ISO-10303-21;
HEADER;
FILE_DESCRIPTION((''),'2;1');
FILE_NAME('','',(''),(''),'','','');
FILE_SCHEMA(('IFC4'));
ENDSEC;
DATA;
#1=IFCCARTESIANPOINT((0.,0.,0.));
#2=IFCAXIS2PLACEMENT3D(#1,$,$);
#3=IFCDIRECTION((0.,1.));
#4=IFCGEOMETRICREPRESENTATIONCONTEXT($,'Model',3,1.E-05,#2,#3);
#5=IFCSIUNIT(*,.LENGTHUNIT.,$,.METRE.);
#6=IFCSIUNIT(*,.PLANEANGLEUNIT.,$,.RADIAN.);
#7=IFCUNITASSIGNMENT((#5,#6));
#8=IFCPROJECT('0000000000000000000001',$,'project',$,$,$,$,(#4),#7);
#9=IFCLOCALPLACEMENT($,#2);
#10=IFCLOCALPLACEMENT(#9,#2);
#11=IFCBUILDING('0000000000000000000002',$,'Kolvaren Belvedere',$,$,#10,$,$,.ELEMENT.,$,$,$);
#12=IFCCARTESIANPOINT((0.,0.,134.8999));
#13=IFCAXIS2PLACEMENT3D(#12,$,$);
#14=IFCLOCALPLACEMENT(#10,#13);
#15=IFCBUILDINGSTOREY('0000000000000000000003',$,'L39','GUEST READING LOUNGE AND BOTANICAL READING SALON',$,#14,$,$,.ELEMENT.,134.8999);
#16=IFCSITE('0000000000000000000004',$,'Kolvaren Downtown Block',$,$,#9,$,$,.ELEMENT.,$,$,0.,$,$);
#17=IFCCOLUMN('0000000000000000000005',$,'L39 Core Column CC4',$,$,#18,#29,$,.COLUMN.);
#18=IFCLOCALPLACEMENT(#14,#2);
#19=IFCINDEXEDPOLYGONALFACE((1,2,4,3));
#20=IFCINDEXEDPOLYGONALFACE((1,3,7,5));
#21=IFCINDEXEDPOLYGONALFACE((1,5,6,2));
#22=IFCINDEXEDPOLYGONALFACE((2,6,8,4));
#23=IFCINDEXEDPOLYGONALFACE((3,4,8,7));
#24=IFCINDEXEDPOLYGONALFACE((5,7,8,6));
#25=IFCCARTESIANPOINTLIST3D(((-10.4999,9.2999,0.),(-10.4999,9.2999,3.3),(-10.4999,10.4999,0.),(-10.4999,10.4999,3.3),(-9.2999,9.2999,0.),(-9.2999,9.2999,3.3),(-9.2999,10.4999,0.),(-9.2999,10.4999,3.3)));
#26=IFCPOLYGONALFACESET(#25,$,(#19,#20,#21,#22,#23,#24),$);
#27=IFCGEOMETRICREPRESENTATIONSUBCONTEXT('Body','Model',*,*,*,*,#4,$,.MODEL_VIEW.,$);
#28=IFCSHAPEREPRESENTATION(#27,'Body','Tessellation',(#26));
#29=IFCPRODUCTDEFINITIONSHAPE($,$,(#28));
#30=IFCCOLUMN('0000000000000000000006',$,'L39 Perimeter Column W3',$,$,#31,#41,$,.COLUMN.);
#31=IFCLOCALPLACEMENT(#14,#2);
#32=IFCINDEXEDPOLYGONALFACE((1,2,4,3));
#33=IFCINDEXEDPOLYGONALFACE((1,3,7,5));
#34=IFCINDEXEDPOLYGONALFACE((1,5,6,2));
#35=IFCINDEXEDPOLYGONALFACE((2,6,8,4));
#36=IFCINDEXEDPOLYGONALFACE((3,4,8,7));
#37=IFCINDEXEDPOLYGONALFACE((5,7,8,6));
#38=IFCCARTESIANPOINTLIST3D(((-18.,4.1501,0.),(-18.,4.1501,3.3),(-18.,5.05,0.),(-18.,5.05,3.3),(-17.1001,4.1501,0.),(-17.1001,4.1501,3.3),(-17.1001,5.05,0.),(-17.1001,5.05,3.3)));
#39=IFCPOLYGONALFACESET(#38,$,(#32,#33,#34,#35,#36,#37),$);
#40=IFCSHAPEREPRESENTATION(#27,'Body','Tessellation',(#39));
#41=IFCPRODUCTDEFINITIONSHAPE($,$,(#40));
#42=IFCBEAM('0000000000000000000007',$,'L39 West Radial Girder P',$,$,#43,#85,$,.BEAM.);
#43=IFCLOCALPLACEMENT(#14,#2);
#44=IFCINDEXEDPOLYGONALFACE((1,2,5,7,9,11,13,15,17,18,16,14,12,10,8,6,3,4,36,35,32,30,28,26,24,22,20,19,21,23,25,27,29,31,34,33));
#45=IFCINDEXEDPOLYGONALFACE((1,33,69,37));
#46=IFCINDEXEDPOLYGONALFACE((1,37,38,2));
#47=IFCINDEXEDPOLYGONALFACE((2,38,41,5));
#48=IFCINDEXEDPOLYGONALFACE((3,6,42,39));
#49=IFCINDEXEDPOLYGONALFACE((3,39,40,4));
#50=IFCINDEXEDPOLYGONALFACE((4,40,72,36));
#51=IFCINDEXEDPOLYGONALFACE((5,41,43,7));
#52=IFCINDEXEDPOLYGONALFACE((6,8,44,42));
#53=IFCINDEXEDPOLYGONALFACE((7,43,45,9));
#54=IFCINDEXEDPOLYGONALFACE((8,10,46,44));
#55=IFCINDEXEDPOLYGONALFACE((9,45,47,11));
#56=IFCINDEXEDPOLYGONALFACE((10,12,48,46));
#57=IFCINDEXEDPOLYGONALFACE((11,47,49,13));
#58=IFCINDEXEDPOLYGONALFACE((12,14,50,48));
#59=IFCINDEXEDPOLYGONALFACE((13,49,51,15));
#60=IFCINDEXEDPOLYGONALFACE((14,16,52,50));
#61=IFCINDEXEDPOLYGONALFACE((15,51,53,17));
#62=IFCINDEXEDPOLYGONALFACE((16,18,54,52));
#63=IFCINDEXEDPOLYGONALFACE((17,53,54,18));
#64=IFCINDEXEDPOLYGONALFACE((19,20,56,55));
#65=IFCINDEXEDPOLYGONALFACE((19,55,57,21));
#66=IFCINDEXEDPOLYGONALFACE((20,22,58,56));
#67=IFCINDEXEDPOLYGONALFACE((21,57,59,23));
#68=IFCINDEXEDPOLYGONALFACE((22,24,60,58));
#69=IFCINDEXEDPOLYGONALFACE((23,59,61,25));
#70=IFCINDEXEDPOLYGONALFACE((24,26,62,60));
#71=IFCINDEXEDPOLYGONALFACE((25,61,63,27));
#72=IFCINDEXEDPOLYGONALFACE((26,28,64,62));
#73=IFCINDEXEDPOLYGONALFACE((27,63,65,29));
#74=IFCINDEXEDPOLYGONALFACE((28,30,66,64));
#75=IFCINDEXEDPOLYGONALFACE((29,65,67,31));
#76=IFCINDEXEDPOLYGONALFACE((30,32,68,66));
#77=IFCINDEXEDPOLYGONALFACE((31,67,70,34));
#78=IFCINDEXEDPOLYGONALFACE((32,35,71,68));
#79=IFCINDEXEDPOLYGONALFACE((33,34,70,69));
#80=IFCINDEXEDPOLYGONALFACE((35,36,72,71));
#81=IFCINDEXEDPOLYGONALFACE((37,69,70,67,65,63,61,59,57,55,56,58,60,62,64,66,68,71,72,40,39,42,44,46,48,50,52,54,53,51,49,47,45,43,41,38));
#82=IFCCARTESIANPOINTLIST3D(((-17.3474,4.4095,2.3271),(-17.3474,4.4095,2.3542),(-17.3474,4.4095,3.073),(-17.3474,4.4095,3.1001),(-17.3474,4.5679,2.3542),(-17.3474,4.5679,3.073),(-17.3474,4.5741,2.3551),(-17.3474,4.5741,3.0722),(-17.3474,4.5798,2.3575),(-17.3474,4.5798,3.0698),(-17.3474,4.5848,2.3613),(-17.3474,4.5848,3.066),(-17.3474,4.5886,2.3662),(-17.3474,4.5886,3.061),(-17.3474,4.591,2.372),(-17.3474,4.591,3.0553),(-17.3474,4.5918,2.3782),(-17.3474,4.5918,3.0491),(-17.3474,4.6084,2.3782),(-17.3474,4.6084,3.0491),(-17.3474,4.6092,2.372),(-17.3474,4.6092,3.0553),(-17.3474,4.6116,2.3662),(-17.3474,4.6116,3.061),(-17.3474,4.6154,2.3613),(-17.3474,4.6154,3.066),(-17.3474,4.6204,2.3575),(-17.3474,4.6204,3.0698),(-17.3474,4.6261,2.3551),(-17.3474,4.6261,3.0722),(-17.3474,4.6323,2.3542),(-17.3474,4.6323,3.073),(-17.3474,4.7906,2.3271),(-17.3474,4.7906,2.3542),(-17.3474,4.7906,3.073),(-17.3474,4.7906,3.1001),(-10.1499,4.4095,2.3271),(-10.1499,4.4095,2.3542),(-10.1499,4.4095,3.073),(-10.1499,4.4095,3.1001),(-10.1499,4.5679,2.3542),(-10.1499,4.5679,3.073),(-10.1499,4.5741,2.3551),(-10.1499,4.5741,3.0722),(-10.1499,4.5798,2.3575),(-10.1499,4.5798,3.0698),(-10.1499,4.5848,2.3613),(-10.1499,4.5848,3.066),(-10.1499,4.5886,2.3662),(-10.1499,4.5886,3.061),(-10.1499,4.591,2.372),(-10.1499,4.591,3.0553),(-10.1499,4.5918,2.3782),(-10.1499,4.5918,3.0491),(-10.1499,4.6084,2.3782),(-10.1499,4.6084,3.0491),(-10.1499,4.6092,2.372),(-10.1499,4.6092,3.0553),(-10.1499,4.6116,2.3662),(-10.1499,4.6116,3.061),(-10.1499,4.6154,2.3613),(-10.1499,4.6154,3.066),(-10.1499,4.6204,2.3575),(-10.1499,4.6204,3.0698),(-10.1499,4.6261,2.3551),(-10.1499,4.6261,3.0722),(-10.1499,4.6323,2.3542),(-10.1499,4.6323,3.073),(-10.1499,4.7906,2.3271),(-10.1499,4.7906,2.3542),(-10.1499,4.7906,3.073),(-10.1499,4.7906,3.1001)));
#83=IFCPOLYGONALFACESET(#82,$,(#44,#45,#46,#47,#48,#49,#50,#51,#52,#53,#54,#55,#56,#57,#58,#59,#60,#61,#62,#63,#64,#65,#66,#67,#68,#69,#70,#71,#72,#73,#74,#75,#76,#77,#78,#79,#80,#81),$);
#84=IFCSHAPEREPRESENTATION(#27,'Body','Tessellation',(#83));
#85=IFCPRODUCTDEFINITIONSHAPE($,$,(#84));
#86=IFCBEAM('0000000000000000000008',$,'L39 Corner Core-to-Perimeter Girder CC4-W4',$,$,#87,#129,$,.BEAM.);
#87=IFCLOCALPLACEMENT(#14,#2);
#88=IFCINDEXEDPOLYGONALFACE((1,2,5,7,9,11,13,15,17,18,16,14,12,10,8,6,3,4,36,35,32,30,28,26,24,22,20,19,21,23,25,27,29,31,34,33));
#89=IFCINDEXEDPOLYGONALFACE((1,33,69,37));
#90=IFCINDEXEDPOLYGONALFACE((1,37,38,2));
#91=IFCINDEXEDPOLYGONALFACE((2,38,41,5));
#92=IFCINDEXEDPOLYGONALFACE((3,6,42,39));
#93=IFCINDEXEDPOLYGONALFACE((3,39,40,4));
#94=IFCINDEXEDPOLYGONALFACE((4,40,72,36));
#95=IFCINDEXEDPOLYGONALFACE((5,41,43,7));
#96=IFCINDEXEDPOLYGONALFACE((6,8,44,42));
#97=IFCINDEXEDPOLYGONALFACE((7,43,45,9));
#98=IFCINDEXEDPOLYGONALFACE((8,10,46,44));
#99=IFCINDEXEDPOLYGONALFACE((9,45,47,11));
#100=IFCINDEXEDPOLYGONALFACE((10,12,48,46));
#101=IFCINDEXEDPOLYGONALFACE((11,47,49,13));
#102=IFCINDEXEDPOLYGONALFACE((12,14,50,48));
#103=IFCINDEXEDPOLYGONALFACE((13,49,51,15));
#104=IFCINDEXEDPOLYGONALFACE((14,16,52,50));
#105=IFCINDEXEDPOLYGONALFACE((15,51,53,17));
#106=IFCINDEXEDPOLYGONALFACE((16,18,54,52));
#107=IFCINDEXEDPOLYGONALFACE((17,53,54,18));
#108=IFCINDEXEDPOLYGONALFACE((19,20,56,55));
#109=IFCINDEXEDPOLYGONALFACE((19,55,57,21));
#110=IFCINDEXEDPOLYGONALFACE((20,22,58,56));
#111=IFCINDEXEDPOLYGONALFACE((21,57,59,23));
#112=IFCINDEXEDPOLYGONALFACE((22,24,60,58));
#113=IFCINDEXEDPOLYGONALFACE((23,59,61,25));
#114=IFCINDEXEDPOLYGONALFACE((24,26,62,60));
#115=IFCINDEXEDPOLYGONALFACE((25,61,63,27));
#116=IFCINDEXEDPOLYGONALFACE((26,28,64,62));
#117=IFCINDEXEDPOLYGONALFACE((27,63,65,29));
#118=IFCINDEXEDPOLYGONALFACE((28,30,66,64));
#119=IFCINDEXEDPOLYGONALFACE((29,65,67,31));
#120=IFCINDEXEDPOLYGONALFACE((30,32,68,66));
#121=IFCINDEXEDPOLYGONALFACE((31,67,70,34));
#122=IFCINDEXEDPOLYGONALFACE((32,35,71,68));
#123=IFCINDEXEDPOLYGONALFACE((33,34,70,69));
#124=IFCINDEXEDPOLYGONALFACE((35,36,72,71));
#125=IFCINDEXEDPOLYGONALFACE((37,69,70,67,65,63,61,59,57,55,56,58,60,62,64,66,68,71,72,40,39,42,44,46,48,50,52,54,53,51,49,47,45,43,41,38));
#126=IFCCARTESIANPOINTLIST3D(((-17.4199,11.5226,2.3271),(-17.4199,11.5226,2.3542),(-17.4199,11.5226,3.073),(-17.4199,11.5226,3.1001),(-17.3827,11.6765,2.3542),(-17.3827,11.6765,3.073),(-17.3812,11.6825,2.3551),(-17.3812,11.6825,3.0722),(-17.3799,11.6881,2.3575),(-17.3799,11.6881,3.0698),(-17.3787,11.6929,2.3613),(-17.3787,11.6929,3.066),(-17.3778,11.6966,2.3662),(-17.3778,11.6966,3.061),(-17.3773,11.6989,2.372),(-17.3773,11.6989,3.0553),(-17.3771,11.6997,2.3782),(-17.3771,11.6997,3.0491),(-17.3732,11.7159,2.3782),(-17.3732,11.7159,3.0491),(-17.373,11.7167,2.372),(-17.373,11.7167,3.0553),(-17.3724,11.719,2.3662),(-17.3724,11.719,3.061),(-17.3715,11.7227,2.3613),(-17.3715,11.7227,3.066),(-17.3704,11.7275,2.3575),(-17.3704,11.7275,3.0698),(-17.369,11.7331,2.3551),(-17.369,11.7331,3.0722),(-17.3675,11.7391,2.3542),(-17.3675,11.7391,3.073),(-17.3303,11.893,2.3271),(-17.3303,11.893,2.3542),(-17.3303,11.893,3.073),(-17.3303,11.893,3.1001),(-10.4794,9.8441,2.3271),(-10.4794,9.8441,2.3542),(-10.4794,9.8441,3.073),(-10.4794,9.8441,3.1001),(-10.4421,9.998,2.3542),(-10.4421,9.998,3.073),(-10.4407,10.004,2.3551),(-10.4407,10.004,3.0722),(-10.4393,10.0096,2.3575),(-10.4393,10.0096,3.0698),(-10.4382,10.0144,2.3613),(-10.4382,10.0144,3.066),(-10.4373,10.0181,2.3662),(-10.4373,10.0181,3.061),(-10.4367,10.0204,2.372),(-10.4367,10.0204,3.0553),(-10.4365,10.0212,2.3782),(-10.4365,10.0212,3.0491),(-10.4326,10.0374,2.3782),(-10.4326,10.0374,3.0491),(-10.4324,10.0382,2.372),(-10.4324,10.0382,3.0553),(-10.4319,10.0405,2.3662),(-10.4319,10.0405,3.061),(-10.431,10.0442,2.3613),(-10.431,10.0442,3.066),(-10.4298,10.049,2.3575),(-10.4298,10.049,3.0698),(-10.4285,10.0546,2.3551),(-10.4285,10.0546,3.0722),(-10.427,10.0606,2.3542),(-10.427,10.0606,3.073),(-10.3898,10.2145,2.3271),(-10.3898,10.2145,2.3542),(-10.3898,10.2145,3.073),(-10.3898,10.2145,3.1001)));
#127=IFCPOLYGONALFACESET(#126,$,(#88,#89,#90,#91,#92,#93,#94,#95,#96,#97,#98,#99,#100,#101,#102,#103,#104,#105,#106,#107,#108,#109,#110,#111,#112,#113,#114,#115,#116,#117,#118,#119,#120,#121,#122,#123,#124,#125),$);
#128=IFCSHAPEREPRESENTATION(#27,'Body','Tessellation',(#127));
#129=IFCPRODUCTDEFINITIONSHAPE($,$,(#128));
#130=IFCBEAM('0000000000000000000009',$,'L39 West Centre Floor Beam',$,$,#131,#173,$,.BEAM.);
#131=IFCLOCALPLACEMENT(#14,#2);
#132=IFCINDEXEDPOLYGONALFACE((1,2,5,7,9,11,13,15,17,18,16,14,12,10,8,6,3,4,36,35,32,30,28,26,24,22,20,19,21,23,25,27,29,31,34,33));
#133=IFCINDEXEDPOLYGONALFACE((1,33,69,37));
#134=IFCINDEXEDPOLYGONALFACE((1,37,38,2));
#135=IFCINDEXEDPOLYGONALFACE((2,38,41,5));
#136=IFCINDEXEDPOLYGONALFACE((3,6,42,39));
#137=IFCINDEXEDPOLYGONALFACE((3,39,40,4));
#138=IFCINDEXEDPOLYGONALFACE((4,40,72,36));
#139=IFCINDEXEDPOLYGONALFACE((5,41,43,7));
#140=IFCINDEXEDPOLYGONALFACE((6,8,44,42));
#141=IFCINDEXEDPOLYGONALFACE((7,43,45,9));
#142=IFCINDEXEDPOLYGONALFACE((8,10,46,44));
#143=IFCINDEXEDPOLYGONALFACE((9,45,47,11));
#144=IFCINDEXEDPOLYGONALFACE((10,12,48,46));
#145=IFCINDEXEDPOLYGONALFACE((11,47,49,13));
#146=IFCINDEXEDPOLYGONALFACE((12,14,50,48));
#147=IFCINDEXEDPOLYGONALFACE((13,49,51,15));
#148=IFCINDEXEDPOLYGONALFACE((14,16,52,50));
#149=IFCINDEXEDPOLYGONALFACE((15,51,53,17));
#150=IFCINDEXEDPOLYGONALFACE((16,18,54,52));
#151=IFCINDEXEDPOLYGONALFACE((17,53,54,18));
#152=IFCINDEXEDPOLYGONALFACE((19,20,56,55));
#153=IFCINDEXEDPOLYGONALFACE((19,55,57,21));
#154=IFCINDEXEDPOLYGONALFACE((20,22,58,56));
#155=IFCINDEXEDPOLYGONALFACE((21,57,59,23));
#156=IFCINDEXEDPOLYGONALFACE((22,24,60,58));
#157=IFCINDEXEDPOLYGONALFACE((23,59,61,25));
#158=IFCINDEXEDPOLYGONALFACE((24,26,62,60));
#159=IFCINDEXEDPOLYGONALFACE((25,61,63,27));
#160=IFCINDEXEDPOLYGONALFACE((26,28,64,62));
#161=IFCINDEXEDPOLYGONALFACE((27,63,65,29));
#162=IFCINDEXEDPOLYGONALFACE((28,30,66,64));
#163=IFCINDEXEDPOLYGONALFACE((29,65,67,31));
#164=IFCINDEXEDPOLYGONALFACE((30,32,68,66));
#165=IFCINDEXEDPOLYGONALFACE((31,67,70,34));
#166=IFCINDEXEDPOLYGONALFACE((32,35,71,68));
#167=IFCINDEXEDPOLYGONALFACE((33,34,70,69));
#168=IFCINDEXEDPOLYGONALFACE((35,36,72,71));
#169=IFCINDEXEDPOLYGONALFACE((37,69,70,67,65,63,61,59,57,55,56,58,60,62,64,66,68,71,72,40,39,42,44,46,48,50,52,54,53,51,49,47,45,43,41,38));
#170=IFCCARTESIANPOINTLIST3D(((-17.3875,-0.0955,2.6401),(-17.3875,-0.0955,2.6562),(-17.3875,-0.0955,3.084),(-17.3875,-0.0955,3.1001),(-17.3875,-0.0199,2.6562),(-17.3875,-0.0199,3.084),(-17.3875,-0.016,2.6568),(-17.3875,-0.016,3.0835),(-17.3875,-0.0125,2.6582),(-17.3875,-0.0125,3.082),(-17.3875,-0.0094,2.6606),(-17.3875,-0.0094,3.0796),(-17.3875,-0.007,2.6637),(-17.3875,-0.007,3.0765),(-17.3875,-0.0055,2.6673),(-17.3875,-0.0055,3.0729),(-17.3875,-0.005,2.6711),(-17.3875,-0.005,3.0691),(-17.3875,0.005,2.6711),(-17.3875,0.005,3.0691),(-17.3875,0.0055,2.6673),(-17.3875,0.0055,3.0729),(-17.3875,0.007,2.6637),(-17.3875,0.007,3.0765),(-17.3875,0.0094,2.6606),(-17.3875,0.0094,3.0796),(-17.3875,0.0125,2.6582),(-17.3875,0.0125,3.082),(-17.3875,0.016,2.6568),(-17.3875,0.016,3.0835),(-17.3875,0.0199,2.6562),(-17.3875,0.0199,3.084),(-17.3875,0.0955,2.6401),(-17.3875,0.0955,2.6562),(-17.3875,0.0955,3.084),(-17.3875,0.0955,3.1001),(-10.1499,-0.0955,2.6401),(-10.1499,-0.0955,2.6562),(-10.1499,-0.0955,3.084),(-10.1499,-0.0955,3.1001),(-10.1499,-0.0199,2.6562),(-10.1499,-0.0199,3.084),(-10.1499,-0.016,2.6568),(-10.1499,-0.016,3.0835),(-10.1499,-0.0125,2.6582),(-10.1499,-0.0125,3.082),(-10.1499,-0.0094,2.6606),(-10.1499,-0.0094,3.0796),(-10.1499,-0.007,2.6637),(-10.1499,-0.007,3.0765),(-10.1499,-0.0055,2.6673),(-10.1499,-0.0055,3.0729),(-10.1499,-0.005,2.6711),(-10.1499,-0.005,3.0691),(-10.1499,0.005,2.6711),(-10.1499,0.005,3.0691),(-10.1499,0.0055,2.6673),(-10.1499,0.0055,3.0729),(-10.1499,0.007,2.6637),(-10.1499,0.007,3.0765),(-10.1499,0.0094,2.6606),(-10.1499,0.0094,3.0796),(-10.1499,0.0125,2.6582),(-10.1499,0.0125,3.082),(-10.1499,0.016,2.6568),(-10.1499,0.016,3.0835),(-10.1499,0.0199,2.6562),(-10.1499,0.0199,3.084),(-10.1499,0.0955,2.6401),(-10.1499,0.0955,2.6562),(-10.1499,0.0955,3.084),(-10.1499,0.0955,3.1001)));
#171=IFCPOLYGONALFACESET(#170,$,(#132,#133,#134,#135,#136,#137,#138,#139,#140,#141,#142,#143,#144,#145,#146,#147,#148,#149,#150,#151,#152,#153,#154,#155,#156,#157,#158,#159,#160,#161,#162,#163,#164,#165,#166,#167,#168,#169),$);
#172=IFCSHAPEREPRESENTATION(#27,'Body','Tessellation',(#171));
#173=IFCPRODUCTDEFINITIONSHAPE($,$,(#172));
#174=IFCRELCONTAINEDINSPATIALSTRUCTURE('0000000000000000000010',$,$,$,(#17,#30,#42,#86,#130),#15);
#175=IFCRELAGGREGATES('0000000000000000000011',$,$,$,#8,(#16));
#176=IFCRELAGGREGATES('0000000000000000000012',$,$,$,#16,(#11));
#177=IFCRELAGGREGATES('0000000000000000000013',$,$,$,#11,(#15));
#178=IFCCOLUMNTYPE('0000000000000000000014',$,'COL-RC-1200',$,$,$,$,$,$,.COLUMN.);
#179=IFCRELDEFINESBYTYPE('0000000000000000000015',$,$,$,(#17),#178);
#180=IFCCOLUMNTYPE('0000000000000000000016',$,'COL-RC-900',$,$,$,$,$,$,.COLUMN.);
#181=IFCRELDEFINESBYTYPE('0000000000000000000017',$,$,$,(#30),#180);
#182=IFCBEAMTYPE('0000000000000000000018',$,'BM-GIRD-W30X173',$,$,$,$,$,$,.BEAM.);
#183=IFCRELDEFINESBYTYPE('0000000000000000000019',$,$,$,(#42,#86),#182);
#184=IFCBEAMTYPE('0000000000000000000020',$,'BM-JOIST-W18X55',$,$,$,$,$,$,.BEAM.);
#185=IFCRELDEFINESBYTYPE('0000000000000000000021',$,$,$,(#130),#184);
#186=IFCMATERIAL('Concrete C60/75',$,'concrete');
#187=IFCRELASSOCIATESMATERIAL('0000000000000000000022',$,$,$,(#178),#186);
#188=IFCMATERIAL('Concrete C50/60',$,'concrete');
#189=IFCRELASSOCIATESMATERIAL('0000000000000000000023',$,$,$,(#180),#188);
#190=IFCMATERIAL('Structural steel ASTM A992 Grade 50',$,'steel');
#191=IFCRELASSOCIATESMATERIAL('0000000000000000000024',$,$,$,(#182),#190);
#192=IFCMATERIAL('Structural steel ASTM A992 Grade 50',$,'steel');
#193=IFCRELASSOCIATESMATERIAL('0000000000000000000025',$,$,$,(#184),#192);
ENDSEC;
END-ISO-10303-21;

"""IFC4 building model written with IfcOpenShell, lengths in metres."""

from ifc_helpers import new_model, si_unit, direction, frame, origin, origin_2d, place, context, subcontext, project, spatial, rectangle, i_section, extrude, material, material_profile, profile_set, type_object, element, save


model = new_model("IFC4")

# Units and contexts
model_context = context("Model", 3, precision=1e-05, world=origin(), true_north=direction((0.0, 1.0)))
body_context = subcontext(model_context, "Body", "Model", "MODEL_VIEW")
ifc_project = project(units=[si_unit("LENGTHUNIT", "METRE"), si_unit("PLANEANGLEUNIT", "RADIAN")], contexts=[model_context])

# Site, building, storey
site_placement = place(None, origin())
site = spatial("IfcSite", under=ifc_project, at=site_placement, Name="Kolvaren Downtown Block", CompositionType="ELEMENT", RefElevation=0.0)
building_placement = place(site_placement, origin())
building = spatial("IfcBuilding", under=site, at=building_placement, Name="Kolvaren Belvedere", CompositionType="ELEMENT")
storey_placement = place(building_placement, frame((0.0, 0.0, 134.8999)))
storey = spatial("IfcBuildingStorey", under=building, at=storey_placement, Name="L39", Description="GUEST READING LOUNGE AND BOTANICAL READING SALON", CompositionType="ELEMENT", Elevation=134.8999)

# Columns
ifc_material_1 = material(Name="Concrete C60/75", Category="concrete")
ifc_material_profile_1 = material_profile(ifc_material_1, rectangle(XDim=1.2, YDim=1.2, at=origin_2d()), Name="RC 1200X1200")
ifc_profile_set_1 = profile_set([ifc_material_profile_1], Name="Concrete C60/75")
column_type_1 = type_object("IfcColumnType", Name="COL-RC-1200", PredefinedType="COLUMN", material=ifc_profile_set_1)
column_1_placement = place(storey_placement, frame((-9.8999, 9.8999, 0.0), z_axis=(0.0, 0.0, 1.0), x_axis=(1.0, 0.0, 0.0)))
element("IfcColumn", 1, at=column_1_placement, inside=storey, type_object=column_type_1, Name="L39 Core Column CC4", PredefinedType="COLUMN", context=body_context, shape_type="SweptSolid", body=[
    extrude(rectangle(XDim=1.2, YDim=1.2, at=origin_2d()), origin(), (0.0, 0.0, 1.0), 3.3),
])
ifc_material_2 = material(Name="Concrete C50/60", Category="concrete")
ifc_material_profile_2 = material_profile(ifc_material_2, rectangle(XDim=0.8999, YDim=0.8999, at=origin_2d()), Name="RC 900X900")
ifc_profile_set_2 = profile_set([ifc_material_profile_2], Name="Concrete C50/60")
column_type_2 = type_object("IfcColumnType", Name="COL-RC-900", PredefinedType="COLUMN", material=ifc_profile_set_2)
column_2_placement = place(storey_placement, frame((-17.55, 4.6001, 0.0), z_axis=(0.0, 0.0, 1.0), x_axis=(1.0, 0.0, 0.0)))
element("IfcColumn", 2, at=column_2_placement, inside=storey, type_object=column_type_2, Name="L39 Perimeter Column W3", PredefinedType="COLUMN", context=body_context, shape_type="SweptSolid", body=[
    extrude(rectangle(XDim=0.8999, YDim=0.8999, at=origin_2d()), origin(), (0.0, 0.0, 1.0), 3.3),
])

# Beams
ifc_material_3 = material(Name="Structural steel ASTM A992 Grade 50", Category="steel")
ifc_material_profile_3 = material_profile(ifc_material_3, i_section(OverallWidth=0.3811, OverallDepth=0.7729, WebThickness=0.0166, FlangeThickness=0.0271, FilletRadius=0.0239, at=origin_2d()), Name="W30X173")
ifc_profile_set_3 = profile_set([ifc_material_profile_3], Name="Structural steel ASTM A992 Grade 50")
beam_type_1 = type_object("IfcBeamType", Name="BM-GIRD-W30X173", PredefinedType="BEAM", material=ifc_profile_set_3)
beam_1_placement = place(storey_placement, frame((-10.1499, 4.6001, 2.7136), z_axis=(-1.0, 0.0, 0.0), x_axis=(0.0, -1.0, 0.0)))
element("IfcBeam", 3, at=beam_1_placement, inside=storey, type_object=beam_type_1, Name="L39 West Radial Girder P", PredefinedType="BEAM", context=body_context, shape_type="SweptSolid", body=[
    extrude(i_section(OverallWidth=0.3811, OverallDepth=0.7729, WebThickness=0.0166, FlangeThickness=0.0271, FilletRadius=0.0239, at=origin_2d()), origin(), (0.0, 0.0, 1.0), 7.1975),
])
beam_2_placement = place(storey_placement, frame((-10.4346, 10.0293, 2.7136), z_axis=(-0.97198, 0.235063, 0.0), x_axis=(-0.235063, -0.97198, 0.0)))
element("IfcBeam", 4, at=beam_2_placement, inside=storey, type_object=beam_type_1, Name="L39 Corner Core-to-Perimeter Girder CC4-W4", PredefinedType="BEAM", context=body_context, shape_type="SweptSolid", body=[
    extrude(i_section(OverallWidth=0.3811, OverallDepth=0.7729, WebThickness=0.0166, FlangeThickness=0.0271, FilletRadius=0.0239, at=origin_2d()), origin(), (0.0, 0.0, 1.0), 7.1406),
])
ifc_material_4 = material(Name="Structural steel ASTM A992 Grade 50", Category="steel")
ifc_material_profile_4 = material_profile(ifc_material_4, i_section(OverallWidth=0.1909, OverallDepth=0.46, WebThickness=0.01, FlangeThickness=0.0161, FilletRadius=0.0149, at=origin_2d()), Name="W18X55")
ifc_profile_set_4 = profile_set([ifc_material_profile_4], Name="Structural steel ASTM A992 Grade 50")
beam_type_2 = type_object("IfcBeamType", Name="BM-JOIST-W18X55", PredefinedType="BEAM", material=ifc_profile_set_4)
beam_3_placement = place(storey_placement, frame((-10.1499, 0.0, 2.8701), z_axis=(-1.0, 0.0, 0.0), x_axis=(0.0, -1.0, 0.0)))
element("IfcBeam", 5, at=beam_3_placement, inside=storey, type_object=beam_type_2, Name="L39 West Centre Floor Beam", PredefinedType="BEAM", context=body_context, shape_type="SweptSolid", body=[
    extrude(i_section(OverallWidth=0.1909, OverallDepth=0.46, WebThickness=0.01, FlangeThickness=0.0161, FilletRadius=0.0149, at=origin_2d()), origin(), (0.0, 0.0, 1.0), 7.2375),
])

save(model, "model.ifc")
